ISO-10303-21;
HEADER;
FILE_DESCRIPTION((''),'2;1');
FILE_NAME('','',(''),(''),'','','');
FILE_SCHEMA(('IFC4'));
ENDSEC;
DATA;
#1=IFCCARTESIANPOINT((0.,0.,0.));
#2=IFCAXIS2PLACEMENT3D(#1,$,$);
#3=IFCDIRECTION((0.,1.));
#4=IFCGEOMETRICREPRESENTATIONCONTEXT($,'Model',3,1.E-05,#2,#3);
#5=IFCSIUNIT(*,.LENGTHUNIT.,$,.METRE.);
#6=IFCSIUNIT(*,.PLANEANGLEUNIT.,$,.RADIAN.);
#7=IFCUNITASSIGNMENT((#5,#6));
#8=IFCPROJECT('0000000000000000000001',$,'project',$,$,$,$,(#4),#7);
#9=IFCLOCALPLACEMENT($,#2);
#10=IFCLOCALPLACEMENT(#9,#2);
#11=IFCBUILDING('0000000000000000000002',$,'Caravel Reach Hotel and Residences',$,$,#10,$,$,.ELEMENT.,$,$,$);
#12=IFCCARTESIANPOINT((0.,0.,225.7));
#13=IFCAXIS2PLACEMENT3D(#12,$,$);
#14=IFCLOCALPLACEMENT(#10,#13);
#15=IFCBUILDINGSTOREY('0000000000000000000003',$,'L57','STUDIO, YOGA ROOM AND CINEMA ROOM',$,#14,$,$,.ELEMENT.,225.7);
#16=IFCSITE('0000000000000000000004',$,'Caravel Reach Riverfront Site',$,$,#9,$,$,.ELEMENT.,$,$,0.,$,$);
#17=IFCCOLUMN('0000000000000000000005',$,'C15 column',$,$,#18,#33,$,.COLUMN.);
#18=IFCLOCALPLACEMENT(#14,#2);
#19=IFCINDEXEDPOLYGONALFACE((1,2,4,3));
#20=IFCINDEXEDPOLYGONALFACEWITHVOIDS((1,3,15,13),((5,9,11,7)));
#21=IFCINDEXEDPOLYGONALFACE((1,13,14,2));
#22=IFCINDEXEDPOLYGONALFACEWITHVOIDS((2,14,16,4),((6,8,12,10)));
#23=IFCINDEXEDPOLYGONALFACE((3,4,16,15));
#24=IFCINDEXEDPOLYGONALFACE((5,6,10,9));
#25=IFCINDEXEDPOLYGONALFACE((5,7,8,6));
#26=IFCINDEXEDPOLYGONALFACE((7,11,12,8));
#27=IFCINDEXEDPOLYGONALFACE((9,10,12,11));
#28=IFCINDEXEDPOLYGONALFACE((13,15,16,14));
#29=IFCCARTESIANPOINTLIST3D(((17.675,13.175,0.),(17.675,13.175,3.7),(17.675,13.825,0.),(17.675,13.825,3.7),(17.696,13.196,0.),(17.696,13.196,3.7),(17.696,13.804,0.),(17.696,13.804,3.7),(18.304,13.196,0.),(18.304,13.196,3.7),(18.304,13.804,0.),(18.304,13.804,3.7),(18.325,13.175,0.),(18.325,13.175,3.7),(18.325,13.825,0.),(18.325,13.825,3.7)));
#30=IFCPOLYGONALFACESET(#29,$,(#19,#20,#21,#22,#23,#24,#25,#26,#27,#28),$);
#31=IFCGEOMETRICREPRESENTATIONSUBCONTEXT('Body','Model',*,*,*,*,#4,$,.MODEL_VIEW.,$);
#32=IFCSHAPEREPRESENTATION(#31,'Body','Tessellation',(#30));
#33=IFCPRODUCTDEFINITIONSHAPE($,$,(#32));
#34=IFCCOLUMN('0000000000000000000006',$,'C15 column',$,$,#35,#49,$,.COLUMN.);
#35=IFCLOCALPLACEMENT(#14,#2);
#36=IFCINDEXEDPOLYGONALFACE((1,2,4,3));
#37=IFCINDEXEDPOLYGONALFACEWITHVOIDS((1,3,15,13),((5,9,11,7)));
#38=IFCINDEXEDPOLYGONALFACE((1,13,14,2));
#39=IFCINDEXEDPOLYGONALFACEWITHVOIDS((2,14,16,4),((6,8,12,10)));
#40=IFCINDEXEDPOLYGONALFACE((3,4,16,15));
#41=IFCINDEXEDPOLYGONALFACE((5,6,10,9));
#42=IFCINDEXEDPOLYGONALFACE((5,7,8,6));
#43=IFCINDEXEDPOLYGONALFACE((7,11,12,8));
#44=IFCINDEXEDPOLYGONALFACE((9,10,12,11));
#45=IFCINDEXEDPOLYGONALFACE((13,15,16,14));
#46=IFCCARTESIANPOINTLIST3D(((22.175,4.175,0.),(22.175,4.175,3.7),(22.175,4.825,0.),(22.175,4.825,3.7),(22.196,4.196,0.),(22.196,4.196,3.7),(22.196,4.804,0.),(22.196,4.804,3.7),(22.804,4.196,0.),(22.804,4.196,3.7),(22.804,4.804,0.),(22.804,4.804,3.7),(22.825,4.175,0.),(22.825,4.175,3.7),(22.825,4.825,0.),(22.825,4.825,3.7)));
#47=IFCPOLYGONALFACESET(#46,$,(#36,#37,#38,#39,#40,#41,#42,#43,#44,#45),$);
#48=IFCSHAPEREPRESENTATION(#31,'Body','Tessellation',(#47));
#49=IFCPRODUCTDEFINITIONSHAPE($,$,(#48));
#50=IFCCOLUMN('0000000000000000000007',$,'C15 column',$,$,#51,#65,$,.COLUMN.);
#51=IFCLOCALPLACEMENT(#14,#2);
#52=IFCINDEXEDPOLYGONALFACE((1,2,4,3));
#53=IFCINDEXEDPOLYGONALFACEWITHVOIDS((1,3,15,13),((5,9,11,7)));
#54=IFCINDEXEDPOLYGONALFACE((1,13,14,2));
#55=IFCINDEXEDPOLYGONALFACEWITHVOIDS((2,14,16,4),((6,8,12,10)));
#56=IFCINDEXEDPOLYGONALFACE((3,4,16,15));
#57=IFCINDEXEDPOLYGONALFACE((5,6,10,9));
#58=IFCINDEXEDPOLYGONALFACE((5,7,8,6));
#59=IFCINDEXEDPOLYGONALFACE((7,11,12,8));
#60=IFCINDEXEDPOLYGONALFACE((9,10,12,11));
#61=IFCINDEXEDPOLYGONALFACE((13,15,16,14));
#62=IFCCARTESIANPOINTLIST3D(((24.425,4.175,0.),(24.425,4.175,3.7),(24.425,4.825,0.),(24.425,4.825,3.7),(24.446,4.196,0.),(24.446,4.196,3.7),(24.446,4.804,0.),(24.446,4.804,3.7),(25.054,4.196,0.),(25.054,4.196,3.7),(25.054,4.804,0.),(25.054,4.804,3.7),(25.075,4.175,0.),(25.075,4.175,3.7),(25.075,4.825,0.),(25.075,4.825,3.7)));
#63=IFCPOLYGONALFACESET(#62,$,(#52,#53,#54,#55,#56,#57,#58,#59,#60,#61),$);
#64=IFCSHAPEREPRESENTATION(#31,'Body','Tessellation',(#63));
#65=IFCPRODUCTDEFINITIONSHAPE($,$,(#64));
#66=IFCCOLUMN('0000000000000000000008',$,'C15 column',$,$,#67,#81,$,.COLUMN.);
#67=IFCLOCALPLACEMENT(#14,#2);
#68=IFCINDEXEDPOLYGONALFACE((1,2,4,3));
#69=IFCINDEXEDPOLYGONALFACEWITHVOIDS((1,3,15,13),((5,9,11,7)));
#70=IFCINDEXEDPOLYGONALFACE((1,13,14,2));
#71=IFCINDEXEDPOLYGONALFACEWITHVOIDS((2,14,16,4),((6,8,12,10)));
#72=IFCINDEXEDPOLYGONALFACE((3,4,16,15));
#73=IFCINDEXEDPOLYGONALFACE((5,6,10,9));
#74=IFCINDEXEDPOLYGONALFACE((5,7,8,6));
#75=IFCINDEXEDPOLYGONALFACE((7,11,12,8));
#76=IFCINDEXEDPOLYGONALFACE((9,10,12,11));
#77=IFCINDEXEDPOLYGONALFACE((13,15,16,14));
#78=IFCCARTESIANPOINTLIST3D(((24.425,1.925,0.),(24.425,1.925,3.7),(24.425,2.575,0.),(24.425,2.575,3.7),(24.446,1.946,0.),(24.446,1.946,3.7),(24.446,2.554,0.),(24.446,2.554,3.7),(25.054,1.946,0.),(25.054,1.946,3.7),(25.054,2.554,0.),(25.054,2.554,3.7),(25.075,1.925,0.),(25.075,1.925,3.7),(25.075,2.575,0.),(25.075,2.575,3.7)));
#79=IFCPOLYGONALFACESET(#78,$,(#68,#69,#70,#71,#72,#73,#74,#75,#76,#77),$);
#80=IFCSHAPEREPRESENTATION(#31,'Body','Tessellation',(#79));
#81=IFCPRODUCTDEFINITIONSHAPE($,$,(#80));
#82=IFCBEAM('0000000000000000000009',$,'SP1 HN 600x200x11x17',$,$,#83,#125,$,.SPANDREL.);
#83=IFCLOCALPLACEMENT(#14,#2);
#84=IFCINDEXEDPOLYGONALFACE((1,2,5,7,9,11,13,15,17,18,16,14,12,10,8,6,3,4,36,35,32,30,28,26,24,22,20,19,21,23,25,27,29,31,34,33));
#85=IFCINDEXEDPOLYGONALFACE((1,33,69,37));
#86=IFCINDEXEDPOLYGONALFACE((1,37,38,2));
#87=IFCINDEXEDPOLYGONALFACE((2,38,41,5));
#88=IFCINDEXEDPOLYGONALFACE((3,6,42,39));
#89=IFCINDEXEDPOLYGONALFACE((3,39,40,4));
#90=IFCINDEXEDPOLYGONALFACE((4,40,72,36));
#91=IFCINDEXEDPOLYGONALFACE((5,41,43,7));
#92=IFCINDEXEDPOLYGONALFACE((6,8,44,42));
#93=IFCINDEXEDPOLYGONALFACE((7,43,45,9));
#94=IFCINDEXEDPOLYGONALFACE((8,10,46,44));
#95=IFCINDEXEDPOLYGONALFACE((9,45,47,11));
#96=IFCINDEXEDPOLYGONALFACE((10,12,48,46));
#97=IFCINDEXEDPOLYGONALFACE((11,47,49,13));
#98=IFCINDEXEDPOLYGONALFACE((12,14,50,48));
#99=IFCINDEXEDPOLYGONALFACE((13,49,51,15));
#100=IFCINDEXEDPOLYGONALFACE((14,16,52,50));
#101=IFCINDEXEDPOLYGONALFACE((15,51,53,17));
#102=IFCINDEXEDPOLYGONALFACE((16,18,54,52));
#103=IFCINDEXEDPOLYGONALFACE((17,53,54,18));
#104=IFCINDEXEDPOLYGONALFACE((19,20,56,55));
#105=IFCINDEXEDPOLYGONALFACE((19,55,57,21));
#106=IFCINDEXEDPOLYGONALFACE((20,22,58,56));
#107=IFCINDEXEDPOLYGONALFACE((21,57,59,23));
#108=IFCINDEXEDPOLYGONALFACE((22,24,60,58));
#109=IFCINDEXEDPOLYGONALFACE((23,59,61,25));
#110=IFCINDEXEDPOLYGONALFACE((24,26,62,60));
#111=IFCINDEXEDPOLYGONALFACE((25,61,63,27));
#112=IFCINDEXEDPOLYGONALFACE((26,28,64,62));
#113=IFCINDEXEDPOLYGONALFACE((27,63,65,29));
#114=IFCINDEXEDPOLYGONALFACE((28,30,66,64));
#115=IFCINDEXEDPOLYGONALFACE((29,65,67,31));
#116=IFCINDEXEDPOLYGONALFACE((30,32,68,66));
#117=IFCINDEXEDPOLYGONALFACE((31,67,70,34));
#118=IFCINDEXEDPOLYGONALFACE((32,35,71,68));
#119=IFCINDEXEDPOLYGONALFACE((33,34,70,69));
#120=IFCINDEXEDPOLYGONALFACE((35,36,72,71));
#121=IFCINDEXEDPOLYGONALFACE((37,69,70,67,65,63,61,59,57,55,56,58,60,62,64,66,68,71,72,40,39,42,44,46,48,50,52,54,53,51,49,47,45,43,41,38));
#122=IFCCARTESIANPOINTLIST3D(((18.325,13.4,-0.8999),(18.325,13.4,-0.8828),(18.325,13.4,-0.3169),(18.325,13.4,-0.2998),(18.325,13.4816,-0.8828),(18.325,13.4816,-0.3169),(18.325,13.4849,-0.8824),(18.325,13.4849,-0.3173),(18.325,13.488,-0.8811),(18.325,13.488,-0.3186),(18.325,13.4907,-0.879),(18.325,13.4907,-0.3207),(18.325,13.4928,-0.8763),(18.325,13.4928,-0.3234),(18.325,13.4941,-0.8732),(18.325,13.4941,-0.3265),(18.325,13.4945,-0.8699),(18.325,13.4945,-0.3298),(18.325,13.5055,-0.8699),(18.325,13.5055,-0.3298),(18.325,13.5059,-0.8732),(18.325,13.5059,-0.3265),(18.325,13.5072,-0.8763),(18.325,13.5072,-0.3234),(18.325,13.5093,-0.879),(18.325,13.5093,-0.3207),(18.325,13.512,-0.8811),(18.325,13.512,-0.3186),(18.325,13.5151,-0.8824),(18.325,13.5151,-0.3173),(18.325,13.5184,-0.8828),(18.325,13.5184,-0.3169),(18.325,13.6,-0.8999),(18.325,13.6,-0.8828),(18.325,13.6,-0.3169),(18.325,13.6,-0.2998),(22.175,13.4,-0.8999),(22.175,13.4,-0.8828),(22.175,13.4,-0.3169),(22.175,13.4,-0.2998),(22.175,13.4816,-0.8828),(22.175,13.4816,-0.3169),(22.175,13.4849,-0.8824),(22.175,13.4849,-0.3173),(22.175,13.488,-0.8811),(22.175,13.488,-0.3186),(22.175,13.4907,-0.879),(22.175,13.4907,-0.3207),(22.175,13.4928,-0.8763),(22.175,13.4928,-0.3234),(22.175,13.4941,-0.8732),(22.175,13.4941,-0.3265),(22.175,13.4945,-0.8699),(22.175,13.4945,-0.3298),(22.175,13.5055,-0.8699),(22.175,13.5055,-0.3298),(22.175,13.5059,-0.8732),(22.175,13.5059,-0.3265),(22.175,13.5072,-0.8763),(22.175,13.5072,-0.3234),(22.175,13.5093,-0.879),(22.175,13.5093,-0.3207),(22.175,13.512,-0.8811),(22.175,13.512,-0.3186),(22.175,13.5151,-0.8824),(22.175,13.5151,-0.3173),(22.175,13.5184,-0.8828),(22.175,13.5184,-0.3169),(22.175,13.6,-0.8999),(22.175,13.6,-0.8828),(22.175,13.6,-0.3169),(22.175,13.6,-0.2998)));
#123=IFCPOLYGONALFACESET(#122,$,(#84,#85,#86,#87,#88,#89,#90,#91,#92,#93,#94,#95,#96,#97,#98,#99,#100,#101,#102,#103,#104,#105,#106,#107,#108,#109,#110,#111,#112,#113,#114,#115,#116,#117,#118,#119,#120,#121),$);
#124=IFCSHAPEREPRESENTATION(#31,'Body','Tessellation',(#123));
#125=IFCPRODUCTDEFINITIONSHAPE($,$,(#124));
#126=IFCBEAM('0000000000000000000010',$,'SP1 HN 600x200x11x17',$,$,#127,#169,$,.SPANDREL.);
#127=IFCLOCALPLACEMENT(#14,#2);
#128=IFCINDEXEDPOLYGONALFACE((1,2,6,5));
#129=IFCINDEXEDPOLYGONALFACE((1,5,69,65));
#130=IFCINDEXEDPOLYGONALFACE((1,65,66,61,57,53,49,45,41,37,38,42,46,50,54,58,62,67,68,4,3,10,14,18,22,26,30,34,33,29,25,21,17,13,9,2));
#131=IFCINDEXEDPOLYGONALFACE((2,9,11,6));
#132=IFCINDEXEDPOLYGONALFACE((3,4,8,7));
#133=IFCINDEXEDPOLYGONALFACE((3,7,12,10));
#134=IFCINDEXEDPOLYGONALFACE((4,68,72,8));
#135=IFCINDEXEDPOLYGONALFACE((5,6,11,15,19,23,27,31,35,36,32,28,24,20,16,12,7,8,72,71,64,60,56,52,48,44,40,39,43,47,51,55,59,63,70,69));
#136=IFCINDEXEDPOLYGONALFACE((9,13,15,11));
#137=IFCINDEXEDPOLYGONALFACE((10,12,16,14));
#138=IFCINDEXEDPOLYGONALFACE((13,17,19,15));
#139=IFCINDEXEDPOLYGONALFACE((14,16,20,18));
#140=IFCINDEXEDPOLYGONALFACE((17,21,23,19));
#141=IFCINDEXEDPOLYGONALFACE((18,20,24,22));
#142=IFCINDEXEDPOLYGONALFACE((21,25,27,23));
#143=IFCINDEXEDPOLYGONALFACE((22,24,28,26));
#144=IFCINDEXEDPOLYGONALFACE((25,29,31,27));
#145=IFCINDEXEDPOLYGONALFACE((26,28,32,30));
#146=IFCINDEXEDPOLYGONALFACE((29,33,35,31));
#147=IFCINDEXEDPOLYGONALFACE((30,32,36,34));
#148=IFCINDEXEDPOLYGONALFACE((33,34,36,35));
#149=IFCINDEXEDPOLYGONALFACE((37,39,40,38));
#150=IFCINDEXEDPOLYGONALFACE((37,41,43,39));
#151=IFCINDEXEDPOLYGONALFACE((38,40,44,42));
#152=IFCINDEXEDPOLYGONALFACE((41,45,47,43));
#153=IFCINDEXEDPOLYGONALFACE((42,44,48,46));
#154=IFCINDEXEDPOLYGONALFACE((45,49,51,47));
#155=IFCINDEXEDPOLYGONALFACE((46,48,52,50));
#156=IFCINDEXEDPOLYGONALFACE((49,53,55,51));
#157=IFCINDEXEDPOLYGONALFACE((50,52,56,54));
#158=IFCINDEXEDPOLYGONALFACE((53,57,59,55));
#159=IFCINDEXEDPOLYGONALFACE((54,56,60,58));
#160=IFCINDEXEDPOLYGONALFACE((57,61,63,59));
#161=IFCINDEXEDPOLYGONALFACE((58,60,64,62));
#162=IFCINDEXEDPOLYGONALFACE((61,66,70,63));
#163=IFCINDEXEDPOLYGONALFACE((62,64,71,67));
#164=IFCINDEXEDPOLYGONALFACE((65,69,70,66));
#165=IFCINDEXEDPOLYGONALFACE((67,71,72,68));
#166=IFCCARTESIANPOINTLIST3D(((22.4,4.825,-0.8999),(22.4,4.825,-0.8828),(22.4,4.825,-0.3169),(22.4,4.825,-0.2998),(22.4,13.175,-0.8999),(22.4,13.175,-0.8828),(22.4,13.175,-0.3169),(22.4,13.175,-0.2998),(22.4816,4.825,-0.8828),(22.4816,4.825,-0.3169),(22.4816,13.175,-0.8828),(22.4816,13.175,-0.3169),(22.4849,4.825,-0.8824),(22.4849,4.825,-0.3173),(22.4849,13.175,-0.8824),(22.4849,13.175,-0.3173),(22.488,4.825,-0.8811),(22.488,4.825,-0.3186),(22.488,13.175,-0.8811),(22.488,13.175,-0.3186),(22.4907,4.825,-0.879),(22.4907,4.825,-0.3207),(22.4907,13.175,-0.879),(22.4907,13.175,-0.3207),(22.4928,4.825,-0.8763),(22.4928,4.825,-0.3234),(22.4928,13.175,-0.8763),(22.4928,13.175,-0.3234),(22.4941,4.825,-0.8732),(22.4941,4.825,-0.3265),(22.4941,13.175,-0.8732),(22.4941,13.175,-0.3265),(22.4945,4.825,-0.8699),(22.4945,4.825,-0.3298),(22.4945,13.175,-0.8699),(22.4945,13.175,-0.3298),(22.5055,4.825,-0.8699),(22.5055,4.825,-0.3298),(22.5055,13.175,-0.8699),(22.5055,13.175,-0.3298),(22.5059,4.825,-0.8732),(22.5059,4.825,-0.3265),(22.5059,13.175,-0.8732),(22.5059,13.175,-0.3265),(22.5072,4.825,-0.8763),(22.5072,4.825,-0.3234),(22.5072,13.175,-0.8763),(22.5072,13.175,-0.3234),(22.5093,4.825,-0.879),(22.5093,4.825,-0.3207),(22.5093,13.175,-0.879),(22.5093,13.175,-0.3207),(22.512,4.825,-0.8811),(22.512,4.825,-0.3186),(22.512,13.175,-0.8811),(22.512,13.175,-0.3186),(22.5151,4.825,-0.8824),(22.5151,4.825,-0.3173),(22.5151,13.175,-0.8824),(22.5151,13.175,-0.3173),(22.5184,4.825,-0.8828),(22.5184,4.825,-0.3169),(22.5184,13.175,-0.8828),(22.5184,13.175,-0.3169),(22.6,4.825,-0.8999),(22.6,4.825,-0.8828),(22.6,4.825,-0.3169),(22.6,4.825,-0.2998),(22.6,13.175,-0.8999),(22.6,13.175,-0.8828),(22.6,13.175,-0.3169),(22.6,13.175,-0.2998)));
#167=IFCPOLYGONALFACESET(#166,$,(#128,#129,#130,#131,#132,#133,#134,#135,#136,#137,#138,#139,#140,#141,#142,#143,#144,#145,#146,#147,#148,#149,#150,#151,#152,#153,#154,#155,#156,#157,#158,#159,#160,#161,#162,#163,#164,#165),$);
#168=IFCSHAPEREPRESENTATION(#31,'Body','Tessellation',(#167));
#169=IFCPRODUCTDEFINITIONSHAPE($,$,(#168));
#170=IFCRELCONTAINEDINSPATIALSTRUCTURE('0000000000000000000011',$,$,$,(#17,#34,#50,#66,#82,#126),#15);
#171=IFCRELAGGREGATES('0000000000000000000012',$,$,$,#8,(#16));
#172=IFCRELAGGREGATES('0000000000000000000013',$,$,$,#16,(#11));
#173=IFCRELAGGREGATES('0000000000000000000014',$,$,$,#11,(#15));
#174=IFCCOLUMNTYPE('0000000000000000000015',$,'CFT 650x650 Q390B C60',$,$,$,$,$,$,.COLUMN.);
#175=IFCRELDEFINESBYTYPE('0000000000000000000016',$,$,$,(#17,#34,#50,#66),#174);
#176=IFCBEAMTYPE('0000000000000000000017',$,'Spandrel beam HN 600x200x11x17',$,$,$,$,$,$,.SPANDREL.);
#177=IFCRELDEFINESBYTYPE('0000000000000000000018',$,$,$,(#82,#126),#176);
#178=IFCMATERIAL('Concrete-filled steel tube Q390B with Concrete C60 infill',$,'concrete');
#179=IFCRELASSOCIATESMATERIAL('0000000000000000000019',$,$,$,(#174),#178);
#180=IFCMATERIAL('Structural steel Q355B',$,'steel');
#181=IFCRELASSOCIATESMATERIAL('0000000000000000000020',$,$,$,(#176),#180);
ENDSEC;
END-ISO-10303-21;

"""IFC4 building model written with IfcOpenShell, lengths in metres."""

from ifc_helpers import new_model, si_unit, direction, frame, origin, origin_2d, place, context, subcontext, project, spatial, hollow_rectangle, i_section, extrude, material, material_profile, profile_set, type_object, element, save


model = new_model("IFC4")

# Units and contexts
model_context = context("Model", 3, precision=1e-05, world=origin(), true_north=direction((0.0, 1.0)))
body_context = subcontext(model_context, "Body", "Model", "MODEL_VIEW")
ifc_project = project(units=[si_unit("LENGTHUNIT", "METRE"), si_unit("PLANEANGLEUNIT", "RADIAN")], contexts=[model_context])

# Site, building, storey
site_placement = place(None, origin())
site = spatial("IfcSite", under=ifc_project, at=site_placement, Name="Caravel Reach Riverfront Site", CompositionType="ELEMENT", RefElevation=0.0)
building_placement = place(site_placement, origin())
building = spatial("IfcBuilding", under=site, at=building_placement, Name="Caravel Reach Hotel and Residences", CompositionType="ELEMENT")
storey_placement = place(building_placement, frame((0.0, 0.0, 225.7)))
storey = spatial("IfcBuildingStorey", under=building, at=storey_placement, Name="L57", Description="STUDIO, YOGA ROOM AND CINEMA ROOM", CompositionType="ELEMENT", Elevation=225.7)

# Columns
ifc_material_1 = material(Name="Concrete-filled steel tube Q390B with Concrete C60 infill", Category="concrete")
ifc_material_profile_1 = material_profile(ifc_material_1, hollow_rectangle(XDim=0.6499, YDim=0.6499, WallThickness=0.021, at=origin_2d()), Name="RHS 650x650x21")
ifc_profile_set_1 = profile_set([ifc_material_profile_1], Name="Concrete-filled steel tube Q390B with Concrete C60 infill")
column_type = type_object("IfcColumnType", Name="CFT 650x650 Q390B C60", PredefinedType="COLUMN", material=ifc_profile_set_1)
for number, where, z_axis, x_axis, name in (
    (1, (18.0, 13.5, 0.0), (0.0, 0.0, 1.0), (1.0, 0.0, 0.0), "C15 column"),
    (2, (22.5, 4.5, 0.0), (0.0, 0.0, 1.0), (1.0, 0.0, 0.0), "C15 column"),
    (3, (24.75, 4.5, 0.0), (0.0, 0.0, 1.0), (1.0, 0.0, 0.0), "C15 column"),
    (4, (24.75, 2.25, 0.0), (0.0, 0.0, 1.0), (1.0, 0.0, 0.0), "C15 column"),
):
    element("IfcColumn", number, at=place(storey_placement, frame(where, z_axis=z_axis, x_axis=x_axis)), inside=storey, type_object=column_type, Name=name, PredefinedType="COLUMN", context=body_context, shape_type="SweptSolid", body=[
        extrude(hollow_rectangle(XDim=0.6499, YDim=0.6499, WallThickness=0.021, at=origin_2d()), origin(), (0.0, 0.0, 1.0), 3.7),
    ])

# Beams
ifc_material_2 = material(Name="Structural steel Q355B", Category="steel")
ifc_material_profile_2 = material_profile(ifc_material_2, i_section(OverallWidth=0.2, OverallDepth=0.6001, WebThickness=0.011, FlangeThickness=0.0171, FilletRadius=0.0129, at=origin_2d()), Name="HN 600x200x11x17")
ifc_profile_set_2 = profile_set([ifc_material_profile_2], Name="Structural steel Q355B")
beam_type = type_object("IfcBeamType", Name="Spandrel beam HN 600x200x11x17", PredefinedType="SPANDREL", material=ifc_profile_set_2)
beam_1_placement = place(storey_placement, frame((18.325, 13.5, -0.5999), z_axis=(1.0, 0.0, 0.0), x_axis=(0.0, 1.0, 0.0)))
element("IfcBeam", 5, at=beam_1_placement, inside=storey, type_object=beam_type, Name="SP1 HN 600x200x11x17", PredefinedType="SPANDREL", context=body_context, shape_type="SweptSolid", body=[
    extrude(i_section(OverallWidth=0.2, OverallDepth=0.6001, WebThickness=0.011, FlangeThickness=0.0171, FilletRadius=0.0129, at=origin_2d()), origin(), (0.0, 0.0, 1.0), 3.8501),
])
beam_2_placement = place(storey_placement, frame((22.5, 13.175, -0.5999), z_axis=(0.0, -1.0, 0.0), x_axis=(1.0, 0.0, 0.0)))
element("IfcBeam", 6, at=beam_2_placement, inside=storey, type_object=beam_type, Name="SP1 HN 600x200x11x17", PredefinedType="SPANDREL", context=body_context, shape_type="SweptSolid", body=[
    extrude(i_section(OverallWidth=0.2, OverallDepth=0.6001, WebThickness=0.011, FlangeThickness=0.0171, FilletRadius=0.0129, at=origin_2d()), origin(), (0.0, 0.0, 1.0), 8.3501),
])

save(model, "model.ifc")
